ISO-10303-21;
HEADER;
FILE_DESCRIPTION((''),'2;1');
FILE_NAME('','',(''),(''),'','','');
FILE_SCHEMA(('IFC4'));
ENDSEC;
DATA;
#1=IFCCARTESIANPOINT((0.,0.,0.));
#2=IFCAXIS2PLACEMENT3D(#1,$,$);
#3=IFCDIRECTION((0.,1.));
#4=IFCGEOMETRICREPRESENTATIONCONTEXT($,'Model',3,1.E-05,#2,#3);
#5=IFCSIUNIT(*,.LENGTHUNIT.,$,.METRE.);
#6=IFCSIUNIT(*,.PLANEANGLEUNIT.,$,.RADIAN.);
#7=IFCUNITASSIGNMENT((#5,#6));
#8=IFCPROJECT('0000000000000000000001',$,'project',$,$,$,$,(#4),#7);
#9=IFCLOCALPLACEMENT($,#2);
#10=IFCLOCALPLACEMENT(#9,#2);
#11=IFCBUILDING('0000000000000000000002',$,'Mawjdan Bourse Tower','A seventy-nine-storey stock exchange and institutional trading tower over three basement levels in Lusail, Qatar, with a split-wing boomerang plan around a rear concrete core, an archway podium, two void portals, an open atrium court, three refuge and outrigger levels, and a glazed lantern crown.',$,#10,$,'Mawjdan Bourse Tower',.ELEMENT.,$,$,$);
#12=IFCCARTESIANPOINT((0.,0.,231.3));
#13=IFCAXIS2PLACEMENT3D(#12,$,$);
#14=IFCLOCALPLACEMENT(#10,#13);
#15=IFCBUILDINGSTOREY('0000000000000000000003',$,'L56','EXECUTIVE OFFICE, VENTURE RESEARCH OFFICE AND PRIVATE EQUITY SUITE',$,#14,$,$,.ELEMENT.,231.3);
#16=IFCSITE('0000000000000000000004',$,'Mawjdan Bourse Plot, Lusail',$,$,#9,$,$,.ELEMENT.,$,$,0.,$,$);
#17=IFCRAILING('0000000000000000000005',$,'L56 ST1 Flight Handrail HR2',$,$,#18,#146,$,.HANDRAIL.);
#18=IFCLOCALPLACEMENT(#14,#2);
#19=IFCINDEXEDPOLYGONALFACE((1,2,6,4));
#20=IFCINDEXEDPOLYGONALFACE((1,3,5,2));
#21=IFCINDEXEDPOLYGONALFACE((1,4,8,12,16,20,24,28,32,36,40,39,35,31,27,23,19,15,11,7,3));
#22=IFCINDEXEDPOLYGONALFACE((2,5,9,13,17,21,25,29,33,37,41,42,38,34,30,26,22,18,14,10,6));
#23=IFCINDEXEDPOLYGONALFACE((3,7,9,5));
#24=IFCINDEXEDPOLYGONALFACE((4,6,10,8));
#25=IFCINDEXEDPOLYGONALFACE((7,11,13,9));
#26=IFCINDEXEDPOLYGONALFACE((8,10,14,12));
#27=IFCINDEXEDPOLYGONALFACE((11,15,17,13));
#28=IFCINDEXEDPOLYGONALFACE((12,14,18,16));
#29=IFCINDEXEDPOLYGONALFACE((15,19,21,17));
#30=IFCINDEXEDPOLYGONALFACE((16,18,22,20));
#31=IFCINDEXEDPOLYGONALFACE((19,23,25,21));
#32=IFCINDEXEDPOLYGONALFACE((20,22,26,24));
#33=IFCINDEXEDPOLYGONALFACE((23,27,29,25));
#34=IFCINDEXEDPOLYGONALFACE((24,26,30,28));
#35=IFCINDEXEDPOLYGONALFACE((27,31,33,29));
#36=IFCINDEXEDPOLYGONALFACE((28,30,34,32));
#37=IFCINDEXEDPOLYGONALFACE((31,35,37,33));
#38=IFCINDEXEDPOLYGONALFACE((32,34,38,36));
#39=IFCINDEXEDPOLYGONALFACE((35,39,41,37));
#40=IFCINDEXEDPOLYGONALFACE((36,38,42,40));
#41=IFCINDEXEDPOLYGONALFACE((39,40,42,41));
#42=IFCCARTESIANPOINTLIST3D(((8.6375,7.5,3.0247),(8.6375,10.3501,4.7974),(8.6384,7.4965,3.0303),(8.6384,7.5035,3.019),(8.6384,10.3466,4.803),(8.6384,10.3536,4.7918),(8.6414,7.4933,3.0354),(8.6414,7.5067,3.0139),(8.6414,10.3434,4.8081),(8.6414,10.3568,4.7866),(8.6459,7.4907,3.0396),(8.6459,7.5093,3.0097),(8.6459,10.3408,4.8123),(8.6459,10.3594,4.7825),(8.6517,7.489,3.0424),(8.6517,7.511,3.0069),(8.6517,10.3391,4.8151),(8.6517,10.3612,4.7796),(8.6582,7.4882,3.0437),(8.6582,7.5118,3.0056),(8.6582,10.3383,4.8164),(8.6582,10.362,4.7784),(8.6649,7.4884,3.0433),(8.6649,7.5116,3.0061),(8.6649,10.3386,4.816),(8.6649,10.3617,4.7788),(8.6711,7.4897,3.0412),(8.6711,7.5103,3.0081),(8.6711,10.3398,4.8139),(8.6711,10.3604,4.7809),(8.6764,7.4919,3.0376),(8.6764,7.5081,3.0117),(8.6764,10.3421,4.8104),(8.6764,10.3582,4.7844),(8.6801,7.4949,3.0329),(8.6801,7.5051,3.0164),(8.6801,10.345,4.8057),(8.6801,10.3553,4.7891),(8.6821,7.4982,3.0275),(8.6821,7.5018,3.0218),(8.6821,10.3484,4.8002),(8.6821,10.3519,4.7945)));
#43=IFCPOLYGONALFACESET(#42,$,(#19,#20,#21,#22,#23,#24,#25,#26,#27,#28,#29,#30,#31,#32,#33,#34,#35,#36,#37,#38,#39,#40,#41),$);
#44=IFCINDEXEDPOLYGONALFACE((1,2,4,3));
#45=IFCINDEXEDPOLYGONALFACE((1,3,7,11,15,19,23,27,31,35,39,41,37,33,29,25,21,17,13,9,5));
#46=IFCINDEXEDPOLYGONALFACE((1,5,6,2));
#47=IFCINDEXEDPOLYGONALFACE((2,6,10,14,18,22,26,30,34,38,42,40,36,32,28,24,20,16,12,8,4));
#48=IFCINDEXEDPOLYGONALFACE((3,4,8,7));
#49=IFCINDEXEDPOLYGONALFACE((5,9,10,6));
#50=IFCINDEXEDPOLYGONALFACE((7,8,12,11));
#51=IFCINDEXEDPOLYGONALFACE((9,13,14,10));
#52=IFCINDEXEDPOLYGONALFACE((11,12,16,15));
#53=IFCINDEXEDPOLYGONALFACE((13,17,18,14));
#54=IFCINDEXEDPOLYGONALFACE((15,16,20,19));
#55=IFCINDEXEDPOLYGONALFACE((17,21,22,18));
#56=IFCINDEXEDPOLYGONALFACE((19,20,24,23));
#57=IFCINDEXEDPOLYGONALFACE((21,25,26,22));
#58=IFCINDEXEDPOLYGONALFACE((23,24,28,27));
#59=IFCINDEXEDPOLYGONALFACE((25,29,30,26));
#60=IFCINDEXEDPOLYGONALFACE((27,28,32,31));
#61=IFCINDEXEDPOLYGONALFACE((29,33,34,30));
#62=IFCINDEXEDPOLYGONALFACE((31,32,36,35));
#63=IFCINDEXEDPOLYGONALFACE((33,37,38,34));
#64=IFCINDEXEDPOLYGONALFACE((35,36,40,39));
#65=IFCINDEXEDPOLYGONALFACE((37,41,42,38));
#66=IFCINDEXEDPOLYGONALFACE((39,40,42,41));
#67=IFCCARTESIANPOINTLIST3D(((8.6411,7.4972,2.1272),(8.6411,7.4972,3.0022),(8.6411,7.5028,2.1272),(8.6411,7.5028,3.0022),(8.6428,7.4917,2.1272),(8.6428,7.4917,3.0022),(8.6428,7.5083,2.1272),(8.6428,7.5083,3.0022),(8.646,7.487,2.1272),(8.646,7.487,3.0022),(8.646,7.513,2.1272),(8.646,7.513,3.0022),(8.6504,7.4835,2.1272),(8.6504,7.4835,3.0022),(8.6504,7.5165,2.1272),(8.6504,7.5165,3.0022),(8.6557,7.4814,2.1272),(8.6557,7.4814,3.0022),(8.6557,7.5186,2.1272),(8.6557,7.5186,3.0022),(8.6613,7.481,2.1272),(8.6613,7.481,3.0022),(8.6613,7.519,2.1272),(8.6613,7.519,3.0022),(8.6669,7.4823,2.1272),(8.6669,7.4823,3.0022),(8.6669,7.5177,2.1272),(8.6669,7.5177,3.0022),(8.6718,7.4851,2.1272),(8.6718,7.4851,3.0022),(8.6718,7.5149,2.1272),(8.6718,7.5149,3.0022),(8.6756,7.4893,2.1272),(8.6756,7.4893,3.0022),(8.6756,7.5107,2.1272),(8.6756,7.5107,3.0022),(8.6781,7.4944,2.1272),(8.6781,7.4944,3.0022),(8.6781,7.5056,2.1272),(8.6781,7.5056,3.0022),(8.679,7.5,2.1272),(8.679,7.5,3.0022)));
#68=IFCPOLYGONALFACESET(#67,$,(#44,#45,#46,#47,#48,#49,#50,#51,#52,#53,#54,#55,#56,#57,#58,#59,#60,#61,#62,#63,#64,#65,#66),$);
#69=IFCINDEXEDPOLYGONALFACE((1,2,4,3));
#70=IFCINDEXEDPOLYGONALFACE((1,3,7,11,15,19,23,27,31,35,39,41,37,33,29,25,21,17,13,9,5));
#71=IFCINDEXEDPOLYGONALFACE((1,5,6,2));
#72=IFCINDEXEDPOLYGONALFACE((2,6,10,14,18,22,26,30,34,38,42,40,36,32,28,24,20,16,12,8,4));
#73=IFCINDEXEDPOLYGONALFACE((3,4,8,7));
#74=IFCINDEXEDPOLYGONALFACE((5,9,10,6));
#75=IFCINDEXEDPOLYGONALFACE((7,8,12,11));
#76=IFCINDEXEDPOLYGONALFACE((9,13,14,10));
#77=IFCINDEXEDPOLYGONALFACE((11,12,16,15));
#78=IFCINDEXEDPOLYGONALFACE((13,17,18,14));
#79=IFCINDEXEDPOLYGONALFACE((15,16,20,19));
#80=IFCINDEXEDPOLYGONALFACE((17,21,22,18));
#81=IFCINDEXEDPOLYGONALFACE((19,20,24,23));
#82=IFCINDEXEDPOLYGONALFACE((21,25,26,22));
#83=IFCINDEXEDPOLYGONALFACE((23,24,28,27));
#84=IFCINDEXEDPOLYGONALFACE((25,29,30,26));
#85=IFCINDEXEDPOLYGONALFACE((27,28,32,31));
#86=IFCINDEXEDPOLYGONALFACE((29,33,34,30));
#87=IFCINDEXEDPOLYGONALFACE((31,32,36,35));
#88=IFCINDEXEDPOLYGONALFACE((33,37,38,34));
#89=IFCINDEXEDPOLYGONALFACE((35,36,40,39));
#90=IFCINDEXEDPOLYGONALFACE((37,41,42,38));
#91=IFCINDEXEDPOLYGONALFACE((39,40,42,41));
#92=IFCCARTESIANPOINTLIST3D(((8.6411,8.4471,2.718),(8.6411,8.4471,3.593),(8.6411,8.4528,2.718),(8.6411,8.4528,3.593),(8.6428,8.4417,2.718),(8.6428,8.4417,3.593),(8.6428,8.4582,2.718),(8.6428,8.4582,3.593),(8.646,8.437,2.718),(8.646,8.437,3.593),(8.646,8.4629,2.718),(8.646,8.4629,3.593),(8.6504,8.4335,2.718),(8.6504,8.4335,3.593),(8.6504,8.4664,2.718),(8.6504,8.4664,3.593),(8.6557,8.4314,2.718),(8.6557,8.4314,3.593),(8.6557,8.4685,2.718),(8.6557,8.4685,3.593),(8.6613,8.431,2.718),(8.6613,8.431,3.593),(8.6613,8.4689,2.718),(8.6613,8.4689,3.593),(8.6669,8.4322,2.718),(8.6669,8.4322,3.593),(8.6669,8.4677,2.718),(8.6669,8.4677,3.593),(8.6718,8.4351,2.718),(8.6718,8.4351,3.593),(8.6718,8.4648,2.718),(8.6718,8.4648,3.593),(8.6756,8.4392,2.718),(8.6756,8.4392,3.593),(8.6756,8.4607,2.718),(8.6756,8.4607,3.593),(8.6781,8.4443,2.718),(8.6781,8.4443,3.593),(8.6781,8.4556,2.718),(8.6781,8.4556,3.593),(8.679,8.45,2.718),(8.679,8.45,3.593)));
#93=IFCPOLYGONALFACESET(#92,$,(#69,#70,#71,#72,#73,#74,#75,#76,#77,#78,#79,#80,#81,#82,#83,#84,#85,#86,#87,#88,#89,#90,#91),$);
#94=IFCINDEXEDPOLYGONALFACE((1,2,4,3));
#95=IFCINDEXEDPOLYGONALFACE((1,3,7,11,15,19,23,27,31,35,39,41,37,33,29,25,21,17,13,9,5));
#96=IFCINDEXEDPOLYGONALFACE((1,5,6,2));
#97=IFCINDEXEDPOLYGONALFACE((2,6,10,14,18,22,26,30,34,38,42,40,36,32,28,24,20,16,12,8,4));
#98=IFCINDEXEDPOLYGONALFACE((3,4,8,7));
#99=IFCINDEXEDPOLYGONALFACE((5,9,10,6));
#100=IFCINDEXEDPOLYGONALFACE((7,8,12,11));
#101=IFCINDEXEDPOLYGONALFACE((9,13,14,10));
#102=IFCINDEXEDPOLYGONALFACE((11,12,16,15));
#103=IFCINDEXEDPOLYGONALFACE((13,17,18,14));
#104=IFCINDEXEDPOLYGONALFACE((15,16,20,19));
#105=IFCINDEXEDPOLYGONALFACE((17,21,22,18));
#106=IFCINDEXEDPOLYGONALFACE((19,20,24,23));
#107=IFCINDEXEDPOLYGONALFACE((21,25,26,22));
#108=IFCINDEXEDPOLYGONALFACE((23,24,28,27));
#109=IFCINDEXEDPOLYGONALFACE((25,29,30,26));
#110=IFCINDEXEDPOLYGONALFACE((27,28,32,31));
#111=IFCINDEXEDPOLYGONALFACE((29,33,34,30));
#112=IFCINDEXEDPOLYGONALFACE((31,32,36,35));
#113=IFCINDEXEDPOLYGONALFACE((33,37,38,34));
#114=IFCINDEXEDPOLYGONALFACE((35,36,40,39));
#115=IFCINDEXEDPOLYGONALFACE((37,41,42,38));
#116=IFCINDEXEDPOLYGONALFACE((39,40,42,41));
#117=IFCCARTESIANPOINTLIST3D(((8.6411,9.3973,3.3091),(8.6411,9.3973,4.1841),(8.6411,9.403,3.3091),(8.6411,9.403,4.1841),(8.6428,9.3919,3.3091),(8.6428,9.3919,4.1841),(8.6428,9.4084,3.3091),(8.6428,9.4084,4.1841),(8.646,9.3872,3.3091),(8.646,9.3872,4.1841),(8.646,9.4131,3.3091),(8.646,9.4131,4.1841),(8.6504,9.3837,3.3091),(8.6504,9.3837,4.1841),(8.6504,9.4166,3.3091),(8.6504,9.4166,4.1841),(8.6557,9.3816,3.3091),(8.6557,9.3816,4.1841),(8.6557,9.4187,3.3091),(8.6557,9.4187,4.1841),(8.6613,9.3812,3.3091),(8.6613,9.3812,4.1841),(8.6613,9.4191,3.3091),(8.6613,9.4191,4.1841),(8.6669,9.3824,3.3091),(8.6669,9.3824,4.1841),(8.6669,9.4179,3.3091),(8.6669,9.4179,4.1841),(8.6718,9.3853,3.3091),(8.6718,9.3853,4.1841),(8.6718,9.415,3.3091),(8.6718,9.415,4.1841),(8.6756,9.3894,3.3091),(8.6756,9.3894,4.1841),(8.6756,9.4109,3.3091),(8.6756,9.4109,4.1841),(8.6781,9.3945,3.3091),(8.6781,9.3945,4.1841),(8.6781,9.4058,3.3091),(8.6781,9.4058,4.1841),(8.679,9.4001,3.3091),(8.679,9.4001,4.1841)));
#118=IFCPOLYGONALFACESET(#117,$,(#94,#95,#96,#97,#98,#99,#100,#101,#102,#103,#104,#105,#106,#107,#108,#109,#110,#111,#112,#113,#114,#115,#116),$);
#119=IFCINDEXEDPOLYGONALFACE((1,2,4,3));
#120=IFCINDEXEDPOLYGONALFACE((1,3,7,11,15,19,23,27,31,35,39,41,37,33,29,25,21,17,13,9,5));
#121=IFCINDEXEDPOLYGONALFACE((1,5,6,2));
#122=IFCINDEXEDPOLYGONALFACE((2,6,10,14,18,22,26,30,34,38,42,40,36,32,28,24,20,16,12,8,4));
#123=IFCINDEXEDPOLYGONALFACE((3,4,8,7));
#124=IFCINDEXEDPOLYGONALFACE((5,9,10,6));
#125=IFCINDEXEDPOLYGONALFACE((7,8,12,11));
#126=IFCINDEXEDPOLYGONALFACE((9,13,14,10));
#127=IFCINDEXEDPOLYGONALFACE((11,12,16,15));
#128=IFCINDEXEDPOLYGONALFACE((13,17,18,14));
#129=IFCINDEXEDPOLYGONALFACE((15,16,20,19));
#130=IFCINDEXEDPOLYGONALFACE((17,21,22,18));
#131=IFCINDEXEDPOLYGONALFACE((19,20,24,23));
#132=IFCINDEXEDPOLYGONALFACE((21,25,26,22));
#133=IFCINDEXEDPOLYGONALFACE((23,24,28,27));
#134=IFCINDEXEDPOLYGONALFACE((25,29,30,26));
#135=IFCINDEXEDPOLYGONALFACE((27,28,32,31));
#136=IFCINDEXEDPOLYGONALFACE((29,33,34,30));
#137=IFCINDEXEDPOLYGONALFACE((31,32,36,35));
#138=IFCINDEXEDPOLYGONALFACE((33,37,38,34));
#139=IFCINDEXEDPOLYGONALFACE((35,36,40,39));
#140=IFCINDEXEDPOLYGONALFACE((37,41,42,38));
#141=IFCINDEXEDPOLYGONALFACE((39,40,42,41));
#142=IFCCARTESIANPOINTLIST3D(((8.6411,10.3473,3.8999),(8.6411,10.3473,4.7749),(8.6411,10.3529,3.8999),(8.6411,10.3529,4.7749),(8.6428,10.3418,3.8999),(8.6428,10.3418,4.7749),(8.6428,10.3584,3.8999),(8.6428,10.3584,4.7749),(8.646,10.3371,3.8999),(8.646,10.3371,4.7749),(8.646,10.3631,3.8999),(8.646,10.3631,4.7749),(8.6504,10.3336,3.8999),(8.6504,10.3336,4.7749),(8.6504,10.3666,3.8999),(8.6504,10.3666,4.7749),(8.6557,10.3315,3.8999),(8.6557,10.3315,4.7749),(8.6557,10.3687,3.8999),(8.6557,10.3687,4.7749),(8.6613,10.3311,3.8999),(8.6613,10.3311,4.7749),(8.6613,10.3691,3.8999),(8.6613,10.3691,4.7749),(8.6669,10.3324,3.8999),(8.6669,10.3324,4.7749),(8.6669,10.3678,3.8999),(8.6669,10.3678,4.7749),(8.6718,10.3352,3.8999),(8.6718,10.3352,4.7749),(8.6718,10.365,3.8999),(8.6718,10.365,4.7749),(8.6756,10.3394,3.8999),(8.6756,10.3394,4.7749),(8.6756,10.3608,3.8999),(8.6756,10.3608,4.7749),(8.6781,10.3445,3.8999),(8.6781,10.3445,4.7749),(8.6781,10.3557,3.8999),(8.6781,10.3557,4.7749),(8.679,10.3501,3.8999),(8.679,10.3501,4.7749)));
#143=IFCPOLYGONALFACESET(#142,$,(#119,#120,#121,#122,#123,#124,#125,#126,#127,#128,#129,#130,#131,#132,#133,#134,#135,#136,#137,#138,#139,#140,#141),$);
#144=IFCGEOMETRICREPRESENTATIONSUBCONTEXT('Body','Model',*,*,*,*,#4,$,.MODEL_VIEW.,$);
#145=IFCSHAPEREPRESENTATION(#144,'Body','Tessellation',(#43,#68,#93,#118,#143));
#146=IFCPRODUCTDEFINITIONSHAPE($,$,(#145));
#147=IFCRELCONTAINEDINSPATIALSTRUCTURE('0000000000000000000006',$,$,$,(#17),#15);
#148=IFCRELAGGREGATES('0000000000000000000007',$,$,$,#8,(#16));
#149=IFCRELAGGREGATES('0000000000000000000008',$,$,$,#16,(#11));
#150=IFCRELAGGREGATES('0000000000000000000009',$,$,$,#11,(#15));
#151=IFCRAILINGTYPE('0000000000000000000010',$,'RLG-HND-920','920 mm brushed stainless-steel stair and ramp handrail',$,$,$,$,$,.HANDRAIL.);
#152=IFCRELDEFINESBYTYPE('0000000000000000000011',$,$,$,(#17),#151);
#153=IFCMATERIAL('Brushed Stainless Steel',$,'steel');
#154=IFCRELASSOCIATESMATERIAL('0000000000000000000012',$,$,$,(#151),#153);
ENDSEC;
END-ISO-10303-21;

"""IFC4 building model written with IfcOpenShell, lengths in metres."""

from ifc_helpers import new_model, si_unit, direction, frame, origin, origin_2d, place, context, subcontext, project, spatial, circle, extrude, material, type_object, element, save


model = new_model("IFC4")

# Units and contexts
model_context = context("Model", 3, precision=1e-05, world=origin(), true_north=direction((0.0, 1.0)))
body_context = subcontext(model_context, "Body", "Model", "MODEL_VIEW")
ifc_project = project(units=[si_unit("LENGTHUNIT", "METRE"), si_unit("PLANEANGLEUNIT", "RADIAN")], contexts=[model_context])

# Site, building, storey
site_placement = place(None, origin())
site = spatial("IfcSite", under=ifc_project, at=site_placement, Name="Mawjdan Bourse Plot, Lusail", CompositionType="ELEMENT", RefElevation=0.0)
building_placement = place(site_placement, origin())
building = spatial("IfcBuilding", under=site, at=building_placement, Name="Mawjdan Bourse Tower", Description="A seventy-nine-storey stock exchange and institutional trading tower over three basement levels in Lusail, Qatar, with a split-wing boomerang plan around a rear concrete core, an archway podium, two void portals, an open atrium court, three refuge and outrigger levels, and a glazed lantern crown.", LongName="Mawjdan Bourse Tower", CompositionType="ELEMENT")
storey_placement = place(building_placement, frame((0.0, 0.0, 231.3)))
storey = spatial("IfcBuildingStorey", under=building, at=storey_placement, Name="L56", Description="EXECUTIVE OFFICE, VENTURE RESEARCH OFFICE AND PRIVATE EQUITY SUITE", CompositionType="ELEMENT", Elevation=231.3)

# Railing
ifc_material_1 = material(Name="Brushed Stainless Steel", Category="steel")
railing_type_1 = type_object("IfcRailingType", Name="RLG-HND-920", Description="920 mm brushed stainless-steel stair and ramp handrail", PredefinedType="HANDRAIL", material=ifc_material_1)
for number, where, name in (
    (1, (8.6599, 7.5, 2.1272), "L56 ST1 Flight Handrail HR2"),
):
    element("IfcRailing", number, at=place(storey_placement, frame(where)), inside=storey, type_object=railing_type_1, Name=name, PredefinedType="HANDRAIL", context=body_context, shape_type="SweptSolid", body=[
        extrude(circle(Radius=0.0225, at=origin_2d()), frame((0.0, 0.0, 0.8975), z_axis=(0.0, 0.849149, 0.528154), x_axis=(-1.0, 0.0, 0.0)), (0.0, 0.0, 1.0), 3.3564),
        extrude(circle(Radius=0.019, at=origin_2d()), origin(), (0.0, 0.0, 1.0), 0.875),
        extrude(circle(Radius=0.019, at=origin_2d()), frame((0.0, 0.95, 0.5908)), (0.0, 0.0, 1.0), 0.875),
        extrude(circle(Radius=0.019, at=origin_2d()), frame((0.0, 1.9001, 1.1819)), (0.0, 0.0, 1.0), 0.875),
        extrude(circle(Radius=0.019, at=origin_2d()), frame((0.0, 2.8501, 1.7727)), (0.0, 0.0, 1.0), 0.875),
    ])

save(model, "model.ifc")
